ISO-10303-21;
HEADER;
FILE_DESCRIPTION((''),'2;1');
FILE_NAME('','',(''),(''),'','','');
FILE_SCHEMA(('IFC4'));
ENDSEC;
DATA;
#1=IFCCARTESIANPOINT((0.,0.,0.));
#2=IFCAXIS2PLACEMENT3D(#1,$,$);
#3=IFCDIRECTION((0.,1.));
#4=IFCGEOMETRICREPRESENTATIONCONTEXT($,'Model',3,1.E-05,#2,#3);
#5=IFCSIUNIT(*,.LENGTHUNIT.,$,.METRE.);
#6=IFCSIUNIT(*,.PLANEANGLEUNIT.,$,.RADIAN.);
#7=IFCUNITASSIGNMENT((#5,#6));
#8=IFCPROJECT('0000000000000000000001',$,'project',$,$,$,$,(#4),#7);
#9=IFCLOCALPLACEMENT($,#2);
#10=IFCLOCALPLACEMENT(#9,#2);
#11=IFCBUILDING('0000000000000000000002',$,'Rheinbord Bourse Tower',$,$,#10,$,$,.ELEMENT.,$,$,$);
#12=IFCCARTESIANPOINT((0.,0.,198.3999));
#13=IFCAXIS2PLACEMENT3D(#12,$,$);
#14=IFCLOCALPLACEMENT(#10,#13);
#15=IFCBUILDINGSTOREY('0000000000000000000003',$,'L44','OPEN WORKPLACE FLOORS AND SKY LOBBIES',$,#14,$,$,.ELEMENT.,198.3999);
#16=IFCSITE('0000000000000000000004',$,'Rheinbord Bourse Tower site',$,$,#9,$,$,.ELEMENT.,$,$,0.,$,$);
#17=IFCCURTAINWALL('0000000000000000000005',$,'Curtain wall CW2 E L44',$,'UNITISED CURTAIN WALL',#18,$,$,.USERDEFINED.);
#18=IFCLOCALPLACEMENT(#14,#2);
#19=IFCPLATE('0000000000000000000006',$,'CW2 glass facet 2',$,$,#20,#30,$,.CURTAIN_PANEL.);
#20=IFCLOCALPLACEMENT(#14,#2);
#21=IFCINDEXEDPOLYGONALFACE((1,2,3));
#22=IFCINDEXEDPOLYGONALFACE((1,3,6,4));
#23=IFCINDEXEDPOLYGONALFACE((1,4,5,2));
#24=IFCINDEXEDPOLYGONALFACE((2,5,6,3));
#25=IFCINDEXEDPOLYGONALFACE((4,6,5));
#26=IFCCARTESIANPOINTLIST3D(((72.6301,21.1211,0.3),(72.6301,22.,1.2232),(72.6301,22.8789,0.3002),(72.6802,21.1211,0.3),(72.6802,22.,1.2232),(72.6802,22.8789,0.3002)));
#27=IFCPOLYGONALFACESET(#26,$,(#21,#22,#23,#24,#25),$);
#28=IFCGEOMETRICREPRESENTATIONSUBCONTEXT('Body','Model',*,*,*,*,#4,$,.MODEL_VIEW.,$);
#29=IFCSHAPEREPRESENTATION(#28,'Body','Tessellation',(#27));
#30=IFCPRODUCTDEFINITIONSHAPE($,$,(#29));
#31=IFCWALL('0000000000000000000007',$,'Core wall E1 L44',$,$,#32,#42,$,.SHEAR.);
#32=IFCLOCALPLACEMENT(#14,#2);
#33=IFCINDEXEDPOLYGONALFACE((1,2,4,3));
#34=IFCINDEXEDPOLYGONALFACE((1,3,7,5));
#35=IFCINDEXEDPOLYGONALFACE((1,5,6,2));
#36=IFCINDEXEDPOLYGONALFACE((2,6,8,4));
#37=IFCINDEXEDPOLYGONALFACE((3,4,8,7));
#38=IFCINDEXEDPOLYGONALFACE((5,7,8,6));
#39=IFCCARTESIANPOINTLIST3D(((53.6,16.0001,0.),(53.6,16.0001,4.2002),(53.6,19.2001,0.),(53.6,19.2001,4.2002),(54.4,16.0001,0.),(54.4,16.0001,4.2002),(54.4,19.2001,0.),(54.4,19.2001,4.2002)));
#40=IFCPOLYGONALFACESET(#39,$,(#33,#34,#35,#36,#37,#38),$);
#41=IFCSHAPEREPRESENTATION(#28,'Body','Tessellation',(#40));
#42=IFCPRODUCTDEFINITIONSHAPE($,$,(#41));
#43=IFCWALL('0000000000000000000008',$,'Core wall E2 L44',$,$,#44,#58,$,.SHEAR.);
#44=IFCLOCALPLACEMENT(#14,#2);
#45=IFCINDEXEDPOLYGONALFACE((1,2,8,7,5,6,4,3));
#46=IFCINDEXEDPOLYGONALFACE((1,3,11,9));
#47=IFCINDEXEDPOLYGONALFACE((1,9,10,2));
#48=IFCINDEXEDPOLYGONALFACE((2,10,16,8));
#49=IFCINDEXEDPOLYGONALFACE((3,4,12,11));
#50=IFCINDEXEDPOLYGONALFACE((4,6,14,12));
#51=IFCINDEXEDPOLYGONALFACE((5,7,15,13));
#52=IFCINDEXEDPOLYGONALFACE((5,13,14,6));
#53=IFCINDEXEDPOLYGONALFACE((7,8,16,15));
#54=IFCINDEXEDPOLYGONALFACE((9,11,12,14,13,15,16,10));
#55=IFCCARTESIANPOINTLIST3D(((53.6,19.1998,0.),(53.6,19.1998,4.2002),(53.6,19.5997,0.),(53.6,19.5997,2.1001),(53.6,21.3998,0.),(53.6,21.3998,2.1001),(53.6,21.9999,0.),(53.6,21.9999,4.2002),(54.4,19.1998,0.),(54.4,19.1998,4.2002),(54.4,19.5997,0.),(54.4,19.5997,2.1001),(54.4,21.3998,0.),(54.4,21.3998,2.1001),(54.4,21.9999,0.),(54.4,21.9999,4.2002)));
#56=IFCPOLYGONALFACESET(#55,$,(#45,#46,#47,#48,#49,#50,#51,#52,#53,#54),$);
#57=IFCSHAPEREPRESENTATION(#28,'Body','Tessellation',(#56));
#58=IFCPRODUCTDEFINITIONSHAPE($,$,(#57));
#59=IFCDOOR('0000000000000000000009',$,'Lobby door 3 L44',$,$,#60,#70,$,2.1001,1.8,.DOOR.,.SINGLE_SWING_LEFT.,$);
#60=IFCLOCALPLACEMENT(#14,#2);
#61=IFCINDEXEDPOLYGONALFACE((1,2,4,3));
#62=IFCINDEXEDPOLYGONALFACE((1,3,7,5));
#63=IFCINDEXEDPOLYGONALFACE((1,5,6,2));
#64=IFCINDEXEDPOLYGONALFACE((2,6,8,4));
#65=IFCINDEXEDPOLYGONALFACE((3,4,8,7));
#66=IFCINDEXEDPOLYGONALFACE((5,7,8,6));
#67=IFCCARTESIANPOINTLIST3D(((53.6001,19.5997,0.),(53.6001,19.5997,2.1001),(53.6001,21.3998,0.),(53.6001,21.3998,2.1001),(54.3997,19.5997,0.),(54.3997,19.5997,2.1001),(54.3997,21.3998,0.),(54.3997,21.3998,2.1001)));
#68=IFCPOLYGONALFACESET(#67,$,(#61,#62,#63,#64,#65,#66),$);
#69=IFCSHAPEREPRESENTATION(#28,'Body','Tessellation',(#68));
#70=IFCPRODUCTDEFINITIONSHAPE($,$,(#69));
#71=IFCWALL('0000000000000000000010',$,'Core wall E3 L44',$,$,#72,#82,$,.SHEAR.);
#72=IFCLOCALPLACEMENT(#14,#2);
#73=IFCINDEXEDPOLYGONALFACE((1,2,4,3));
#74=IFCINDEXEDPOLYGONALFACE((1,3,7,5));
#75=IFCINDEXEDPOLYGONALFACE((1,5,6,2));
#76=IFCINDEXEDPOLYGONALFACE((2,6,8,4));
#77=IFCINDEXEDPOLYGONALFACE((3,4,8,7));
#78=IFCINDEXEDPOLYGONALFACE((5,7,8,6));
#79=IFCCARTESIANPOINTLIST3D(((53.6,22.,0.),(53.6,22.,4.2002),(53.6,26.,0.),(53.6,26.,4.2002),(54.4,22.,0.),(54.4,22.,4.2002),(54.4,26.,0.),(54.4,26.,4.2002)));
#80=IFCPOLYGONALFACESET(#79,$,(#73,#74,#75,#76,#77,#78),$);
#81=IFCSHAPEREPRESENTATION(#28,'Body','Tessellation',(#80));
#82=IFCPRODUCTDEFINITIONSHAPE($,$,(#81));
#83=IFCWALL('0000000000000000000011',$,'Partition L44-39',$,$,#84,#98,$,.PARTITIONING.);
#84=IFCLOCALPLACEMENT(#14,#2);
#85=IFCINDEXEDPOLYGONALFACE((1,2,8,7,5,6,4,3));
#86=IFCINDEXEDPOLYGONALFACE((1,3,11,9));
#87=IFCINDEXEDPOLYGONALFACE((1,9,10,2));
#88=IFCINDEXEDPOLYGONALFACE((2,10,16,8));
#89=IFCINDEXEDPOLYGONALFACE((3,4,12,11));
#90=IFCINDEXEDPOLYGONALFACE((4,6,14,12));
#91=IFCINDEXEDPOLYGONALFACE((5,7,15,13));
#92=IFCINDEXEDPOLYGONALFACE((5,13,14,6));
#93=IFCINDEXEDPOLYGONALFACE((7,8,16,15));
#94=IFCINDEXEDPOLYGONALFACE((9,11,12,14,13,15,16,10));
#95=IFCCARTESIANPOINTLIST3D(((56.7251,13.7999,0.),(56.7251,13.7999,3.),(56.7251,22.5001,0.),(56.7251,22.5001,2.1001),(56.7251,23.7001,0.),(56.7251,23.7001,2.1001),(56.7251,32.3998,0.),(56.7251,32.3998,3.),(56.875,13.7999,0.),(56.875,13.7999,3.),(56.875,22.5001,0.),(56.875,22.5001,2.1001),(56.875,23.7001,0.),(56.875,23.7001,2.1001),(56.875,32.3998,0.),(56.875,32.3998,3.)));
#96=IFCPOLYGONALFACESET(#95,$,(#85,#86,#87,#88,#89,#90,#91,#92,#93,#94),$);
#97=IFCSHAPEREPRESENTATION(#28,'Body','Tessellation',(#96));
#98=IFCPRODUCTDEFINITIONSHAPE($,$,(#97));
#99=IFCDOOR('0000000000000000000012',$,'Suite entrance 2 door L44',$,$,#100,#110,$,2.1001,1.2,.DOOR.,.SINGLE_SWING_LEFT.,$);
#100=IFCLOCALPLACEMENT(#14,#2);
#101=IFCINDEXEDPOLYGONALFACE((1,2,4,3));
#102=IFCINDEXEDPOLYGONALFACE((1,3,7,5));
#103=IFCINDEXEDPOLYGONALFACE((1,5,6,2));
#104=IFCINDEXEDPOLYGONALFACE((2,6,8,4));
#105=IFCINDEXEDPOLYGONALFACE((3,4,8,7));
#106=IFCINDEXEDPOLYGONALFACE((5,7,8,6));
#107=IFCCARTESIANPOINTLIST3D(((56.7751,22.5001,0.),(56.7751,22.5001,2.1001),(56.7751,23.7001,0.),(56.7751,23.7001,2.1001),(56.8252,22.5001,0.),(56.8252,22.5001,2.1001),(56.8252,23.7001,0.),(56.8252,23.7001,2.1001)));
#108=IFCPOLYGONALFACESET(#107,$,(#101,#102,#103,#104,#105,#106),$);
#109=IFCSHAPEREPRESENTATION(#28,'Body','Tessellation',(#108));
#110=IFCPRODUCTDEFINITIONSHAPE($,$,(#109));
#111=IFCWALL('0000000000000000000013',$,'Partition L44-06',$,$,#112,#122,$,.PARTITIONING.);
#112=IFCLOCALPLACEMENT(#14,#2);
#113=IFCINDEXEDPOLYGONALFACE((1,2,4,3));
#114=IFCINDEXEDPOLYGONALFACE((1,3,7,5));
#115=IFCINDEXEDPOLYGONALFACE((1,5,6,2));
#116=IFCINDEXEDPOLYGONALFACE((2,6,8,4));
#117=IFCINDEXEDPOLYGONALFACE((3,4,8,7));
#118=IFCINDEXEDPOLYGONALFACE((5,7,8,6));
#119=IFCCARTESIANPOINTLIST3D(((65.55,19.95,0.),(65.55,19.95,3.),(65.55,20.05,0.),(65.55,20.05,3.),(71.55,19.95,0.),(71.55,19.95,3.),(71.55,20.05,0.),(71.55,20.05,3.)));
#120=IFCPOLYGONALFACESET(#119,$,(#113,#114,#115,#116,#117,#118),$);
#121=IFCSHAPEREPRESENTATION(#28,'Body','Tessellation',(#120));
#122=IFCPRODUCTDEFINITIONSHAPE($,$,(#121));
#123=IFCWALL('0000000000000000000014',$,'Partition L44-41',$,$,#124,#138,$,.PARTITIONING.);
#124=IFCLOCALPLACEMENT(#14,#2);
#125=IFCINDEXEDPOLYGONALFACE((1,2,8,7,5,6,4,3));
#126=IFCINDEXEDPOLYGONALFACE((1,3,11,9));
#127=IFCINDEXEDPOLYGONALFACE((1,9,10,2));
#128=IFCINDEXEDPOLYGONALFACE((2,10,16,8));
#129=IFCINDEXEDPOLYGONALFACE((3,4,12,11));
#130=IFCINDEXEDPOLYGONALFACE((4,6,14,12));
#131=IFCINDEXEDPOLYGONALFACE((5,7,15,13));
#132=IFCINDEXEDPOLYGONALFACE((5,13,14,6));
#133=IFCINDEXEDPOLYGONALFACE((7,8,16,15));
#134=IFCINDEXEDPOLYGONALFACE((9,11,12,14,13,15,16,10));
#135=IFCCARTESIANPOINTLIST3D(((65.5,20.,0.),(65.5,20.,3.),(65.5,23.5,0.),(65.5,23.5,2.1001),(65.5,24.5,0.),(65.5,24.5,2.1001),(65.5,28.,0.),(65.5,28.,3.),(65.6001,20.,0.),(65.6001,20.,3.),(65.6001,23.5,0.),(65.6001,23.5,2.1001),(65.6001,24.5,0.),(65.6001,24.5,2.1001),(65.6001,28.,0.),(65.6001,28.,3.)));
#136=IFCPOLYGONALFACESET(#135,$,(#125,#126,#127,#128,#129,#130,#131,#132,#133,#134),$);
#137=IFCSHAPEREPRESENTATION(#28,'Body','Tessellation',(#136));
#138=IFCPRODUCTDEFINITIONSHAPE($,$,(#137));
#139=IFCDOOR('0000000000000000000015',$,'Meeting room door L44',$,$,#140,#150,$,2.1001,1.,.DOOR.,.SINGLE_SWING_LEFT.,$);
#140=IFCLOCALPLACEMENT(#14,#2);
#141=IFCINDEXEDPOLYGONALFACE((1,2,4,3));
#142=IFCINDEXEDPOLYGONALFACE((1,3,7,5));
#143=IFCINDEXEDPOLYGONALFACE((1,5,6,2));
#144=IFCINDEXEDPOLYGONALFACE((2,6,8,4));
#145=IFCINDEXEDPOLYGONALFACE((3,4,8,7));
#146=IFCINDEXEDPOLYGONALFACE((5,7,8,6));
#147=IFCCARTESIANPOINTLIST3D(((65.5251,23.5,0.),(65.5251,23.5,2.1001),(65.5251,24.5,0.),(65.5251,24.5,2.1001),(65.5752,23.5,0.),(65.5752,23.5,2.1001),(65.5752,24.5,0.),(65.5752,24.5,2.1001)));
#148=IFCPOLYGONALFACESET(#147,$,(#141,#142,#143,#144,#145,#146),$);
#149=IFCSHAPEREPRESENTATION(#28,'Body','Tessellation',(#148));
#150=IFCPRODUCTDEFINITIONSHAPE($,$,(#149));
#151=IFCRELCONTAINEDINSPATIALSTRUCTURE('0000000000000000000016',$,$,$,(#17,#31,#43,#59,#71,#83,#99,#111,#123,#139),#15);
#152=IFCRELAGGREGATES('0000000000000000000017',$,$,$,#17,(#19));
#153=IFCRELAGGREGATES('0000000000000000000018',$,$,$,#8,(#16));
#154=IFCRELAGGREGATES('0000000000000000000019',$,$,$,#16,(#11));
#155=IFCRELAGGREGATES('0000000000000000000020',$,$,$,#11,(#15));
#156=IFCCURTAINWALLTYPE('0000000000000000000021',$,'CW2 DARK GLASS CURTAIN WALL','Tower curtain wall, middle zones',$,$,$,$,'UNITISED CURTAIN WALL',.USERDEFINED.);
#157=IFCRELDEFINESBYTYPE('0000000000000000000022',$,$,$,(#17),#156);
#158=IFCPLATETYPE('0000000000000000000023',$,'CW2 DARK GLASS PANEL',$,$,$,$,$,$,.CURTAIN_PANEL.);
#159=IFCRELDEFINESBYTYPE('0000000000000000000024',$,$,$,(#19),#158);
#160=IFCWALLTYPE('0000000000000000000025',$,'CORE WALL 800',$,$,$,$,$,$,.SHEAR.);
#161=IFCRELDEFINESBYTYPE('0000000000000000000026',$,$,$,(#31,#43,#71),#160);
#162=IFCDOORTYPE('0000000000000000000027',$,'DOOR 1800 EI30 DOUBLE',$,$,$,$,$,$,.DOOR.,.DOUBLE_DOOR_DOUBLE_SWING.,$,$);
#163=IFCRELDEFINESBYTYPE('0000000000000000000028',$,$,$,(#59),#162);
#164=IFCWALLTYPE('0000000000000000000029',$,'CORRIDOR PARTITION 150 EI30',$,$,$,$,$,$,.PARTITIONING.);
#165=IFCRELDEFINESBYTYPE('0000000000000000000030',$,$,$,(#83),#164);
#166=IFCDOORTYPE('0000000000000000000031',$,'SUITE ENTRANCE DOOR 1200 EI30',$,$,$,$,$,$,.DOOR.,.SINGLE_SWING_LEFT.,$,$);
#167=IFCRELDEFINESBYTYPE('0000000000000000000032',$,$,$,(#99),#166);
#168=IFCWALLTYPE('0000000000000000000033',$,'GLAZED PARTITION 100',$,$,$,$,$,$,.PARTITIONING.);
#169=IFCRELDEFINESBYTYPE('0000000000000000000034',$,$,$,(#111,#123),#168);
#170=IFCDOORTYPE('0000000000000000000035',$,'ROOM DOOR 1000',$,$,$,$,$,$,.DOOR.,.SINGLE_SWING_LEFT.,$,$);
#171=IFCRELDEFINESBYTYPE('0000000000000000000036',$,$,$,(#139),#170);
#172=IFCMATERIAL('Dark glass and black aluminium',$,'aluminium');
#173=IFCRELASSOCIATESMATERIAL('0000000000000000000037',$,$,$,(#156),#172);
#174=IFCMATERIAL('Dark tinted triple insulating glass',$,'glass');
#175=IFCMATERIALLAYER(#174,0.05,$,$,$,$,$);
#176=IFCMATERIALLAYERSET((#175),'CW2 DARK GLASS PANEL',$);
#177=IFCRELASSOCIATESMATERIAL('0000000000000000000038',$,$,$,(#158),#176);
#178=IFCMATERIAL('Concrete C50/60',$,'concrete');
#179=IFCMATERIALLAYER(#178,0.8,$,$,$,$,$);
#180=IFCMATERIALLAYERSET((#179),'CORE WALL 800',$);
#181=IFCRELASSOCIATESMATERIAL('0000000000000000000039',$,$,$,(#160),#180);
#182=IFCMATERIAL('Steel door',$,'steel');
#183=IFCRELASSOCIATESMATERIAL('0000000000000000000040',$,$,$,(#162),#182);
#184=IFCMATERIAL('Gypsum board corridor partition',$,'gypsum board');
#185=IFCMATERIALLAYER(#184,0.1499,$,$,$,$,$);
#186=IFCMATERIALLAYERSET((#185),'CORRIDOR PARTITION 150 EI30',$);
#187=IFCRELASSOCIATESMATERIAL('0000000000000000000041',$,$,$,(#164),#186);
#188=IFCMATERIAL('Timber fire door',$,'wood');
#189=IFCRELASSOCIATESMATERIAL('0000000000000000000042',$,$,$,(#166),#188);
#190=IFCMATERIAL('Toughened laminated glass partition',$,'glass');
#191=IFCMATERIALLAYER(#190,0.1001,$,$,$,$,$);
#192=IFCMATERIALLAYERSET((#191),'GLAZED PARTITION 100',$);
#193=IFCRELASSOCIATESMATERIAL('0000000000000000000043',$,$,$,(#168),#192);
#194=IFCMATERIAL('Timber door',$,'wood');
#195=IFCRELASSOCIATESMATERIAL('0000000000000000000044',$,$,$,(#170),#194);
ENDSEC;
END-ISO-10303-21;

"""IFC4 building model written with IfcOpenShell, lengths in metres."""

from ifc_helpers import new_model, si_unit, direction, frame, frame_2d, origin, place, context, subcontext, project, spatial, polyline, rectangle, outline, extrude, material, layer, layer_set, type_object, element, fill, aggregate, save


model = new_model("IFC4")

# Units and contexts
model_context = context("Model", 3, precision=1e-05, world=origin(), true_north=direction((0.0, 1.0)))
body_context = subcontext(model_context, "Body", "Model", "MODEL_VIEW")
ifc_project = project(units=[si_unit("LENGTHUNIT", "METRE"), si_unit("PLANEANGLEUNIT", "RADIAN")], contexts=[model_context])

# Site, building, storey
site_placement = place(None, origin())
site = spatial("IfcSite", under=ifc_project, at=site_placement, Name="Rheinbord Bourse Tower site", CompositionType="ELEMENT", RefElevation=0.0)
building_placement = place(site_placement, origin())
building = spatial("IfcBuilding", under=site, at=building_placement, Name="Rheinbord Bourse Tower", CompositionType="ELEMENT")
storey_placement = place(building_placement, frame((0.0, 0.0, 198.3999)))
storey = spatial("IfcBuildingStorey", under=building, at=storey_placement, Name="L44", Description="OPEN WORKPLACE FLOORS AND SKY LOBBIES", CompositionType="ELEMENT", Elevation=198.3999)

# Curtain wall
ifc_material_1 = material(Name="Dark glass and black aluminium", Category="aluminium")
curtain_wall_type = type_object("IfcCurtainWallType", Name="CW2 DARK GLASS CURTAIN WALL", Description="Tower curtain wall, middle zones", ElementType="UNITISED CURTAIN WALL", PredefinedType="USERDEFINED", material=ifc_material_1)
curtain_wall_placement = place(storey_placement, origin())
curtain_wall = element("IfcCurtainWall", 1, at=curtain_wall_placement, inside=storey, type_object=curtain_wall_type, Name="Curtain wall CW2 E L44", ObjectType="UNITISED CURTAIN WALL", PredefinedType="USERDEFINED")

# Plate
ifc_material_2 = material(Name="Dark tinted triple insulating glass", Category="glass")
ifc_layer_1 = layer(ifc_material_2, 0.05)
ifc_layer_set_1 = layer_set([ifc_layer_1], Name="CW2 DARK GLASS PANEL")
plate_type = type_object("IfcPlateType", Name="CW2 DARK GLASS PANEL", PredefinedType="CURTAIN_PANEL", material=ifc_layer_set_1)
plate_1_placement = place(storey_placement, frame((72.6802, 21.1211, 0.3), z_axis=(-1.0, 0.0, 0.0), x_axis=(0.0, 0.68956, 0.724229)))
plate_1 = element("IfcPlate", 2, at=plate_1_placement, type_object=plate_type, Name="CW2 glass facet 2", PredefinedType="CURTAIN_PANEL", context=body_context, shape_type="SweptSolid", body=[
    extrude(outline(polyline([(0.0, 0.0), (1.2747, 0.0), (1.2122, 1.2729), (0.0, 0.0)])), origin(), (0.0, 0.0, 1.0), 0.05),
])
aggregate(curtain_wall, [plate_1])

# Wall
ifc_material_3 = material(Name="Concrete C50/60", Category="concrete")
ifc_layer_2 = layer(ifc_material_3, 0.8)
ifc_layer_set_2 = layer_set([ifc_layer_2], Name="CORE WALL 800")
wall_type_1 = type_object("IfcWallType", Name="CORE WALL 800", PredefinedType="SHEAR", material=ifc_layer_set_2)
wall_1_placement = place(storey_placement, frame((54.0, 16.0, 0.0), z_axis=(0.0, 0.0, 1.0), x_axis=(0.0, 1.0, 0.0)))
element("IfcWall", 3, at=wall_1_placement, inside=storey, type_object=wall_type_1, Name="Core wall E1 L44", PredefinedType="SHEAR", context=body_context, shape_type="SweptSolid", body=[
    extrude(rectangle(XDim=3.2, YDim=0.8, at=frame_2d((1.6001, 0.0))), origin(), (0.0, 0.0, 1.0), 4.2002),
])

# Wall, opening, door
wall_2_placement = place(storey_placement, frame((54.0, 19.2, 0.0), z_axis=(0.0, 0.0, 1.0), x_axis=(0.0, 1.0, 0.0)))
wall_2 = element("IfcWall", 4, at=wall_2_placement, inside=storey, type_object=wall_type_1, Name="Core wall E2 L44", PredefinedType="SHEAR", context=body_context, shape_type="SweptSolid", body=[
    extrude(rectangle(XDim=2.8, YDim=0.8, at=frame_2d((1.3999, 0.0))), origin(), (0.0, 0.0, 1.0), 4.2002),
])
opening_1_placement = place(wall_2_placement, frame((0.3999, 0.0, 0.0)))
opening_1 = element("IfcOpeningElement", 5, at=opening_1_placement, cuts=wall_2, PredefinedType="OPENING", context=body_context, shape_type="SweptSolid", body=[
    extrude(rectangle(XDim=1.8, YDim=2.1001, at=frame_2d((0.8999, 1.05))), frame((0.0, 0.4099, 0.0), z_axis=(0.0, -1.0, 0.0), x_axis=(1.0, 0.0, 0.0)), (0.0, 0.0, 1.0), 0.8201),
])
ifc_material_4 = material(Name="Steel door", Category="steel")
door_type_1 = type_object("IfcDoorType", Name="DOOR 1800 EI30 DOUBLE", OperationType="DOUBLE_DOOR_DOUBLE_SWING", PredefinedType="DOOR", material=ifc_material_4)
door_1_placement = place(opening_1_placement, origin())
door_1 = element("IfcDoor", 6, at=door_1_placement, inside=storey, type_object=door_type_1, Name="Lobby door 3 L44", OperationType="SINGLE_SWING_LEFT", OverallHeight=2.1001, OverallWidth=1.8, PredefinedType="DOOR", context=body_context, shape_type="SweptSolid", body=[
    extrude(rectangle(XDim=1.8, YDim=2.1001, at=frame_2d((0.8999, 1.05))), frame((0.0, 0.3999, 0.0), z_axis=(0.0, -1.0, 0.0), x_axis=(1.0, 0.0, 0.0)), (0.0, 0.0, 1.0), 0.7996),
])
fill(opening_1, door_1)

# Wall
wall_3_placement = place(storey_placement, frame((54.0, 22.0, 0.0), z_axis=(0.0, 0.0, 1.0), x_axis=(0.0, 1.0, 0.0)))
element("IfcWall", 7, at=wall_3_placement, inside=storey, type_object=wall_type_1, Name="Core wall E3 L44", PredefinedType="SHEAR", context=body_context, shape_type="SweptSolid", body=[
    extrude(rectangle(XDim=4.0, YDim=0.8, at=frame_2d((2.0, 0.0))), origin(), (0.0, 0.0, 1.0), 4.2002),
])

# Wall, opening, door
ifc_material_5 = material(Name="Gypsum board corridor partition", Category="gypsum board")
ifc_layer_3 = layer(ifc_material_5, 0.1499)
ifc_layer_set_3 = layer_set([ifc_layer_3], Name="CORRIDOR PARTITION 150 EI30")
wall_type_2 = type_object("IfcWallType", Name="CORRIDOR PARTITION 150 EI30", PredefinedType="PARTITIONING", material=ifc_layer_set_3)
wall_4_placement = place(storey_placement, frame((56.8, 13.8, 0.0), z_axis=(0.0, 0.0, 1.0), x_axis=(0.0, 1.0, 0.0)))
wall_4 = element("IfcWall", 8, at=wall_4_placement, inside=storey, type_object=wall_type_2, Name="Partition L44-39", PredefinedType="PARTITIONING", context=body_context, shape_type="SweptSolid", body=[
    extrude(rectangle(XDim=18.5999, YDim=0.1499, at=frame_2d((9.2998, 0.0))), origin(), (0.0, 0.0, 1.0), 3.0),
])
opening_2_placement = place(wall_4_placement, frame((8.7, 0.0, 0.0)))
opening_2 = element("IfcOpeningElement", 9, at=opening_2_placement, cuts=wall_4, PredefinedType="OPENING", context=body_context, shape_type="SweptSolid", body=[
    extrude(rectangle(XDim=1.2, YDim=2.1001, at=frame_2d((0.6001, 1.05))), frame((0.0, 0.085, 0.0), z_axis=(0.0, -1.0, 0.0), x_axis=(1.0, 0.0, 0.0)), (0.0, 0.0, 1.0), 0.1699),
])
ifc_material_6 = material(Name="Timber fire door", Category="wood")
door_type_2 = type_object("IfcDoorType", Name="SUITE ENTRANCE DOOR 1200 EI30", OperationType="SINGLE_SWING_LEFT", PredefinedType="DOOR", material=ifc_material_6)
door_2_placement = place(opening_2_placement, origin())
door_2 = element("IfcDoor", 10, at=door_2_placement, inside=storey, type_object=door_type_2, Name="Suite entrance 2 door L44", OperationType="SINGLE_SWING_LEFT", OverallHeight=2.1001, OverallWidth=1.2, PredefinedType="DOOR", context=body_context, shape_type="SweptSolid", body=[
    extrude(rectangle(XDim=1.2, YDim=2.1001, at=frame_2d((0.6001, 1.05))), frame((0.0, 0.0249, 0.0), z_axis=(0.0, -1.0, 0.0), x_axis=(1.0, 0.0, 0.0)), (0.0, 0.0, 1.0), 0.05),
])
fill(opening_2, door_2)

# Wall
ifc_material_7 = material(Name="Toughened laminated glass partition", Category="glass")
ifc_layer_4 = layer(ifc_material_7, 0.1001)
ifc_layer_set_4 = layer_set([ifc_layer_4], Name="GLAZED PARTITION 100")
wall_type_3 = type_object("IfcWallType", Name="GLAZED PARTITION 100", PredefinedType="PARTITIONING", material=ifc_layer_set_4)
wall_5_placement = place(storey_placement, frame((65.55, 20.0, 0.0), z_axis=(0.0, 0.0, 1.0), x_axis=(1.0, 0.0, 0.0)))
element("IfcWall", 11, at=wall_5_placement, inside=storey, type_object=wall_type_3, Name="Partition L44-06", PredefinedType="PARTITIONING", context=body_context, shape_type="SweptSolid", body=[
    extrude(rectangle(XDim=6.0, YDim=0.1001, at=frame_2d((3.0, 0.0))), origin(), (0.0, 0.0, 1.0), 3.0),
])

# Wall, opening, door
wall_6_placement = place(storey_placement, frame((65.55, 20.0, 0.0), z_axis=(0.0, 0.0, 1.0), x_axis=(0.0, 1.0, 0.0)))
wall_6 = element("IfcWall", 12, at=wall_6_placement, inside=storey, type_object=wall_type_3, Name="Partition L44-41", PredefinedType="PARTITIONING", context=body_context, shape_type="SweptSolid", body=[
    extrude(rectangle(XDim=8.0, YDim=0.1001, at=frame_2d((4.0, 0.0))), origin(), (0.0, 0.0, 1.0), 3.0),
])
opening_3_placement = place(wall_6_placement, frame((3.5, 0.0, 0.0)))
opening_3 = element("IfcOpeningElement", 13, at=opening_3_placement, cuts=wall_6, PredefinedType="OPENING", context=body_context, shape_type="SweptSolid", body=[
    extrude(rectangle(XDim=1.0, YDim=2.1001, at=frame_2d((0.5, 1.05))), frame((0.0, 0.0601, 0.0), z_axis=(0.0, -1.0, 0.0), x_axis=(1.0, 0.0, 0.0)), (0.0, 0.0, 1.0), 0.1201),
])
ifc_material_8 = material(Name="Timber door", Category="wood")
door_type_3 = type_object("IfcDoorType", Name="ROOM DOOR 1000", OperationType="SINGLE_SWING_LEFT", PredefinedType="DOOR", material=ifc_material_8)
door_3_placement = place(opening_3_placement, origin())
door_3 = element("IfcDoor", 14, at=door_3_placement, inside=storey, type_object=door_type_3, Name="Meeting room door L44", OperationType="SINGLE_SWING_LEFT", OverallHeight=2.1001, OverallWidth=1.0, PredefinedType="DOOR", context=body_context, shape_type="SweptSolid", body=[
    extrude(rectangle(XDim=1.0, YDim=2.1001, at=frame_2d((0.5, 1.05))), frame((0.0, 0.0249, 0.0), z_axis=(0.0, -1.0, 0.0), x_axis=(1.0, 0.0, 0.0)), (0.0, 0.0, 1.0), 0.05),
])
fill(opening_3, door_3)

save(model, "model.ifc")
